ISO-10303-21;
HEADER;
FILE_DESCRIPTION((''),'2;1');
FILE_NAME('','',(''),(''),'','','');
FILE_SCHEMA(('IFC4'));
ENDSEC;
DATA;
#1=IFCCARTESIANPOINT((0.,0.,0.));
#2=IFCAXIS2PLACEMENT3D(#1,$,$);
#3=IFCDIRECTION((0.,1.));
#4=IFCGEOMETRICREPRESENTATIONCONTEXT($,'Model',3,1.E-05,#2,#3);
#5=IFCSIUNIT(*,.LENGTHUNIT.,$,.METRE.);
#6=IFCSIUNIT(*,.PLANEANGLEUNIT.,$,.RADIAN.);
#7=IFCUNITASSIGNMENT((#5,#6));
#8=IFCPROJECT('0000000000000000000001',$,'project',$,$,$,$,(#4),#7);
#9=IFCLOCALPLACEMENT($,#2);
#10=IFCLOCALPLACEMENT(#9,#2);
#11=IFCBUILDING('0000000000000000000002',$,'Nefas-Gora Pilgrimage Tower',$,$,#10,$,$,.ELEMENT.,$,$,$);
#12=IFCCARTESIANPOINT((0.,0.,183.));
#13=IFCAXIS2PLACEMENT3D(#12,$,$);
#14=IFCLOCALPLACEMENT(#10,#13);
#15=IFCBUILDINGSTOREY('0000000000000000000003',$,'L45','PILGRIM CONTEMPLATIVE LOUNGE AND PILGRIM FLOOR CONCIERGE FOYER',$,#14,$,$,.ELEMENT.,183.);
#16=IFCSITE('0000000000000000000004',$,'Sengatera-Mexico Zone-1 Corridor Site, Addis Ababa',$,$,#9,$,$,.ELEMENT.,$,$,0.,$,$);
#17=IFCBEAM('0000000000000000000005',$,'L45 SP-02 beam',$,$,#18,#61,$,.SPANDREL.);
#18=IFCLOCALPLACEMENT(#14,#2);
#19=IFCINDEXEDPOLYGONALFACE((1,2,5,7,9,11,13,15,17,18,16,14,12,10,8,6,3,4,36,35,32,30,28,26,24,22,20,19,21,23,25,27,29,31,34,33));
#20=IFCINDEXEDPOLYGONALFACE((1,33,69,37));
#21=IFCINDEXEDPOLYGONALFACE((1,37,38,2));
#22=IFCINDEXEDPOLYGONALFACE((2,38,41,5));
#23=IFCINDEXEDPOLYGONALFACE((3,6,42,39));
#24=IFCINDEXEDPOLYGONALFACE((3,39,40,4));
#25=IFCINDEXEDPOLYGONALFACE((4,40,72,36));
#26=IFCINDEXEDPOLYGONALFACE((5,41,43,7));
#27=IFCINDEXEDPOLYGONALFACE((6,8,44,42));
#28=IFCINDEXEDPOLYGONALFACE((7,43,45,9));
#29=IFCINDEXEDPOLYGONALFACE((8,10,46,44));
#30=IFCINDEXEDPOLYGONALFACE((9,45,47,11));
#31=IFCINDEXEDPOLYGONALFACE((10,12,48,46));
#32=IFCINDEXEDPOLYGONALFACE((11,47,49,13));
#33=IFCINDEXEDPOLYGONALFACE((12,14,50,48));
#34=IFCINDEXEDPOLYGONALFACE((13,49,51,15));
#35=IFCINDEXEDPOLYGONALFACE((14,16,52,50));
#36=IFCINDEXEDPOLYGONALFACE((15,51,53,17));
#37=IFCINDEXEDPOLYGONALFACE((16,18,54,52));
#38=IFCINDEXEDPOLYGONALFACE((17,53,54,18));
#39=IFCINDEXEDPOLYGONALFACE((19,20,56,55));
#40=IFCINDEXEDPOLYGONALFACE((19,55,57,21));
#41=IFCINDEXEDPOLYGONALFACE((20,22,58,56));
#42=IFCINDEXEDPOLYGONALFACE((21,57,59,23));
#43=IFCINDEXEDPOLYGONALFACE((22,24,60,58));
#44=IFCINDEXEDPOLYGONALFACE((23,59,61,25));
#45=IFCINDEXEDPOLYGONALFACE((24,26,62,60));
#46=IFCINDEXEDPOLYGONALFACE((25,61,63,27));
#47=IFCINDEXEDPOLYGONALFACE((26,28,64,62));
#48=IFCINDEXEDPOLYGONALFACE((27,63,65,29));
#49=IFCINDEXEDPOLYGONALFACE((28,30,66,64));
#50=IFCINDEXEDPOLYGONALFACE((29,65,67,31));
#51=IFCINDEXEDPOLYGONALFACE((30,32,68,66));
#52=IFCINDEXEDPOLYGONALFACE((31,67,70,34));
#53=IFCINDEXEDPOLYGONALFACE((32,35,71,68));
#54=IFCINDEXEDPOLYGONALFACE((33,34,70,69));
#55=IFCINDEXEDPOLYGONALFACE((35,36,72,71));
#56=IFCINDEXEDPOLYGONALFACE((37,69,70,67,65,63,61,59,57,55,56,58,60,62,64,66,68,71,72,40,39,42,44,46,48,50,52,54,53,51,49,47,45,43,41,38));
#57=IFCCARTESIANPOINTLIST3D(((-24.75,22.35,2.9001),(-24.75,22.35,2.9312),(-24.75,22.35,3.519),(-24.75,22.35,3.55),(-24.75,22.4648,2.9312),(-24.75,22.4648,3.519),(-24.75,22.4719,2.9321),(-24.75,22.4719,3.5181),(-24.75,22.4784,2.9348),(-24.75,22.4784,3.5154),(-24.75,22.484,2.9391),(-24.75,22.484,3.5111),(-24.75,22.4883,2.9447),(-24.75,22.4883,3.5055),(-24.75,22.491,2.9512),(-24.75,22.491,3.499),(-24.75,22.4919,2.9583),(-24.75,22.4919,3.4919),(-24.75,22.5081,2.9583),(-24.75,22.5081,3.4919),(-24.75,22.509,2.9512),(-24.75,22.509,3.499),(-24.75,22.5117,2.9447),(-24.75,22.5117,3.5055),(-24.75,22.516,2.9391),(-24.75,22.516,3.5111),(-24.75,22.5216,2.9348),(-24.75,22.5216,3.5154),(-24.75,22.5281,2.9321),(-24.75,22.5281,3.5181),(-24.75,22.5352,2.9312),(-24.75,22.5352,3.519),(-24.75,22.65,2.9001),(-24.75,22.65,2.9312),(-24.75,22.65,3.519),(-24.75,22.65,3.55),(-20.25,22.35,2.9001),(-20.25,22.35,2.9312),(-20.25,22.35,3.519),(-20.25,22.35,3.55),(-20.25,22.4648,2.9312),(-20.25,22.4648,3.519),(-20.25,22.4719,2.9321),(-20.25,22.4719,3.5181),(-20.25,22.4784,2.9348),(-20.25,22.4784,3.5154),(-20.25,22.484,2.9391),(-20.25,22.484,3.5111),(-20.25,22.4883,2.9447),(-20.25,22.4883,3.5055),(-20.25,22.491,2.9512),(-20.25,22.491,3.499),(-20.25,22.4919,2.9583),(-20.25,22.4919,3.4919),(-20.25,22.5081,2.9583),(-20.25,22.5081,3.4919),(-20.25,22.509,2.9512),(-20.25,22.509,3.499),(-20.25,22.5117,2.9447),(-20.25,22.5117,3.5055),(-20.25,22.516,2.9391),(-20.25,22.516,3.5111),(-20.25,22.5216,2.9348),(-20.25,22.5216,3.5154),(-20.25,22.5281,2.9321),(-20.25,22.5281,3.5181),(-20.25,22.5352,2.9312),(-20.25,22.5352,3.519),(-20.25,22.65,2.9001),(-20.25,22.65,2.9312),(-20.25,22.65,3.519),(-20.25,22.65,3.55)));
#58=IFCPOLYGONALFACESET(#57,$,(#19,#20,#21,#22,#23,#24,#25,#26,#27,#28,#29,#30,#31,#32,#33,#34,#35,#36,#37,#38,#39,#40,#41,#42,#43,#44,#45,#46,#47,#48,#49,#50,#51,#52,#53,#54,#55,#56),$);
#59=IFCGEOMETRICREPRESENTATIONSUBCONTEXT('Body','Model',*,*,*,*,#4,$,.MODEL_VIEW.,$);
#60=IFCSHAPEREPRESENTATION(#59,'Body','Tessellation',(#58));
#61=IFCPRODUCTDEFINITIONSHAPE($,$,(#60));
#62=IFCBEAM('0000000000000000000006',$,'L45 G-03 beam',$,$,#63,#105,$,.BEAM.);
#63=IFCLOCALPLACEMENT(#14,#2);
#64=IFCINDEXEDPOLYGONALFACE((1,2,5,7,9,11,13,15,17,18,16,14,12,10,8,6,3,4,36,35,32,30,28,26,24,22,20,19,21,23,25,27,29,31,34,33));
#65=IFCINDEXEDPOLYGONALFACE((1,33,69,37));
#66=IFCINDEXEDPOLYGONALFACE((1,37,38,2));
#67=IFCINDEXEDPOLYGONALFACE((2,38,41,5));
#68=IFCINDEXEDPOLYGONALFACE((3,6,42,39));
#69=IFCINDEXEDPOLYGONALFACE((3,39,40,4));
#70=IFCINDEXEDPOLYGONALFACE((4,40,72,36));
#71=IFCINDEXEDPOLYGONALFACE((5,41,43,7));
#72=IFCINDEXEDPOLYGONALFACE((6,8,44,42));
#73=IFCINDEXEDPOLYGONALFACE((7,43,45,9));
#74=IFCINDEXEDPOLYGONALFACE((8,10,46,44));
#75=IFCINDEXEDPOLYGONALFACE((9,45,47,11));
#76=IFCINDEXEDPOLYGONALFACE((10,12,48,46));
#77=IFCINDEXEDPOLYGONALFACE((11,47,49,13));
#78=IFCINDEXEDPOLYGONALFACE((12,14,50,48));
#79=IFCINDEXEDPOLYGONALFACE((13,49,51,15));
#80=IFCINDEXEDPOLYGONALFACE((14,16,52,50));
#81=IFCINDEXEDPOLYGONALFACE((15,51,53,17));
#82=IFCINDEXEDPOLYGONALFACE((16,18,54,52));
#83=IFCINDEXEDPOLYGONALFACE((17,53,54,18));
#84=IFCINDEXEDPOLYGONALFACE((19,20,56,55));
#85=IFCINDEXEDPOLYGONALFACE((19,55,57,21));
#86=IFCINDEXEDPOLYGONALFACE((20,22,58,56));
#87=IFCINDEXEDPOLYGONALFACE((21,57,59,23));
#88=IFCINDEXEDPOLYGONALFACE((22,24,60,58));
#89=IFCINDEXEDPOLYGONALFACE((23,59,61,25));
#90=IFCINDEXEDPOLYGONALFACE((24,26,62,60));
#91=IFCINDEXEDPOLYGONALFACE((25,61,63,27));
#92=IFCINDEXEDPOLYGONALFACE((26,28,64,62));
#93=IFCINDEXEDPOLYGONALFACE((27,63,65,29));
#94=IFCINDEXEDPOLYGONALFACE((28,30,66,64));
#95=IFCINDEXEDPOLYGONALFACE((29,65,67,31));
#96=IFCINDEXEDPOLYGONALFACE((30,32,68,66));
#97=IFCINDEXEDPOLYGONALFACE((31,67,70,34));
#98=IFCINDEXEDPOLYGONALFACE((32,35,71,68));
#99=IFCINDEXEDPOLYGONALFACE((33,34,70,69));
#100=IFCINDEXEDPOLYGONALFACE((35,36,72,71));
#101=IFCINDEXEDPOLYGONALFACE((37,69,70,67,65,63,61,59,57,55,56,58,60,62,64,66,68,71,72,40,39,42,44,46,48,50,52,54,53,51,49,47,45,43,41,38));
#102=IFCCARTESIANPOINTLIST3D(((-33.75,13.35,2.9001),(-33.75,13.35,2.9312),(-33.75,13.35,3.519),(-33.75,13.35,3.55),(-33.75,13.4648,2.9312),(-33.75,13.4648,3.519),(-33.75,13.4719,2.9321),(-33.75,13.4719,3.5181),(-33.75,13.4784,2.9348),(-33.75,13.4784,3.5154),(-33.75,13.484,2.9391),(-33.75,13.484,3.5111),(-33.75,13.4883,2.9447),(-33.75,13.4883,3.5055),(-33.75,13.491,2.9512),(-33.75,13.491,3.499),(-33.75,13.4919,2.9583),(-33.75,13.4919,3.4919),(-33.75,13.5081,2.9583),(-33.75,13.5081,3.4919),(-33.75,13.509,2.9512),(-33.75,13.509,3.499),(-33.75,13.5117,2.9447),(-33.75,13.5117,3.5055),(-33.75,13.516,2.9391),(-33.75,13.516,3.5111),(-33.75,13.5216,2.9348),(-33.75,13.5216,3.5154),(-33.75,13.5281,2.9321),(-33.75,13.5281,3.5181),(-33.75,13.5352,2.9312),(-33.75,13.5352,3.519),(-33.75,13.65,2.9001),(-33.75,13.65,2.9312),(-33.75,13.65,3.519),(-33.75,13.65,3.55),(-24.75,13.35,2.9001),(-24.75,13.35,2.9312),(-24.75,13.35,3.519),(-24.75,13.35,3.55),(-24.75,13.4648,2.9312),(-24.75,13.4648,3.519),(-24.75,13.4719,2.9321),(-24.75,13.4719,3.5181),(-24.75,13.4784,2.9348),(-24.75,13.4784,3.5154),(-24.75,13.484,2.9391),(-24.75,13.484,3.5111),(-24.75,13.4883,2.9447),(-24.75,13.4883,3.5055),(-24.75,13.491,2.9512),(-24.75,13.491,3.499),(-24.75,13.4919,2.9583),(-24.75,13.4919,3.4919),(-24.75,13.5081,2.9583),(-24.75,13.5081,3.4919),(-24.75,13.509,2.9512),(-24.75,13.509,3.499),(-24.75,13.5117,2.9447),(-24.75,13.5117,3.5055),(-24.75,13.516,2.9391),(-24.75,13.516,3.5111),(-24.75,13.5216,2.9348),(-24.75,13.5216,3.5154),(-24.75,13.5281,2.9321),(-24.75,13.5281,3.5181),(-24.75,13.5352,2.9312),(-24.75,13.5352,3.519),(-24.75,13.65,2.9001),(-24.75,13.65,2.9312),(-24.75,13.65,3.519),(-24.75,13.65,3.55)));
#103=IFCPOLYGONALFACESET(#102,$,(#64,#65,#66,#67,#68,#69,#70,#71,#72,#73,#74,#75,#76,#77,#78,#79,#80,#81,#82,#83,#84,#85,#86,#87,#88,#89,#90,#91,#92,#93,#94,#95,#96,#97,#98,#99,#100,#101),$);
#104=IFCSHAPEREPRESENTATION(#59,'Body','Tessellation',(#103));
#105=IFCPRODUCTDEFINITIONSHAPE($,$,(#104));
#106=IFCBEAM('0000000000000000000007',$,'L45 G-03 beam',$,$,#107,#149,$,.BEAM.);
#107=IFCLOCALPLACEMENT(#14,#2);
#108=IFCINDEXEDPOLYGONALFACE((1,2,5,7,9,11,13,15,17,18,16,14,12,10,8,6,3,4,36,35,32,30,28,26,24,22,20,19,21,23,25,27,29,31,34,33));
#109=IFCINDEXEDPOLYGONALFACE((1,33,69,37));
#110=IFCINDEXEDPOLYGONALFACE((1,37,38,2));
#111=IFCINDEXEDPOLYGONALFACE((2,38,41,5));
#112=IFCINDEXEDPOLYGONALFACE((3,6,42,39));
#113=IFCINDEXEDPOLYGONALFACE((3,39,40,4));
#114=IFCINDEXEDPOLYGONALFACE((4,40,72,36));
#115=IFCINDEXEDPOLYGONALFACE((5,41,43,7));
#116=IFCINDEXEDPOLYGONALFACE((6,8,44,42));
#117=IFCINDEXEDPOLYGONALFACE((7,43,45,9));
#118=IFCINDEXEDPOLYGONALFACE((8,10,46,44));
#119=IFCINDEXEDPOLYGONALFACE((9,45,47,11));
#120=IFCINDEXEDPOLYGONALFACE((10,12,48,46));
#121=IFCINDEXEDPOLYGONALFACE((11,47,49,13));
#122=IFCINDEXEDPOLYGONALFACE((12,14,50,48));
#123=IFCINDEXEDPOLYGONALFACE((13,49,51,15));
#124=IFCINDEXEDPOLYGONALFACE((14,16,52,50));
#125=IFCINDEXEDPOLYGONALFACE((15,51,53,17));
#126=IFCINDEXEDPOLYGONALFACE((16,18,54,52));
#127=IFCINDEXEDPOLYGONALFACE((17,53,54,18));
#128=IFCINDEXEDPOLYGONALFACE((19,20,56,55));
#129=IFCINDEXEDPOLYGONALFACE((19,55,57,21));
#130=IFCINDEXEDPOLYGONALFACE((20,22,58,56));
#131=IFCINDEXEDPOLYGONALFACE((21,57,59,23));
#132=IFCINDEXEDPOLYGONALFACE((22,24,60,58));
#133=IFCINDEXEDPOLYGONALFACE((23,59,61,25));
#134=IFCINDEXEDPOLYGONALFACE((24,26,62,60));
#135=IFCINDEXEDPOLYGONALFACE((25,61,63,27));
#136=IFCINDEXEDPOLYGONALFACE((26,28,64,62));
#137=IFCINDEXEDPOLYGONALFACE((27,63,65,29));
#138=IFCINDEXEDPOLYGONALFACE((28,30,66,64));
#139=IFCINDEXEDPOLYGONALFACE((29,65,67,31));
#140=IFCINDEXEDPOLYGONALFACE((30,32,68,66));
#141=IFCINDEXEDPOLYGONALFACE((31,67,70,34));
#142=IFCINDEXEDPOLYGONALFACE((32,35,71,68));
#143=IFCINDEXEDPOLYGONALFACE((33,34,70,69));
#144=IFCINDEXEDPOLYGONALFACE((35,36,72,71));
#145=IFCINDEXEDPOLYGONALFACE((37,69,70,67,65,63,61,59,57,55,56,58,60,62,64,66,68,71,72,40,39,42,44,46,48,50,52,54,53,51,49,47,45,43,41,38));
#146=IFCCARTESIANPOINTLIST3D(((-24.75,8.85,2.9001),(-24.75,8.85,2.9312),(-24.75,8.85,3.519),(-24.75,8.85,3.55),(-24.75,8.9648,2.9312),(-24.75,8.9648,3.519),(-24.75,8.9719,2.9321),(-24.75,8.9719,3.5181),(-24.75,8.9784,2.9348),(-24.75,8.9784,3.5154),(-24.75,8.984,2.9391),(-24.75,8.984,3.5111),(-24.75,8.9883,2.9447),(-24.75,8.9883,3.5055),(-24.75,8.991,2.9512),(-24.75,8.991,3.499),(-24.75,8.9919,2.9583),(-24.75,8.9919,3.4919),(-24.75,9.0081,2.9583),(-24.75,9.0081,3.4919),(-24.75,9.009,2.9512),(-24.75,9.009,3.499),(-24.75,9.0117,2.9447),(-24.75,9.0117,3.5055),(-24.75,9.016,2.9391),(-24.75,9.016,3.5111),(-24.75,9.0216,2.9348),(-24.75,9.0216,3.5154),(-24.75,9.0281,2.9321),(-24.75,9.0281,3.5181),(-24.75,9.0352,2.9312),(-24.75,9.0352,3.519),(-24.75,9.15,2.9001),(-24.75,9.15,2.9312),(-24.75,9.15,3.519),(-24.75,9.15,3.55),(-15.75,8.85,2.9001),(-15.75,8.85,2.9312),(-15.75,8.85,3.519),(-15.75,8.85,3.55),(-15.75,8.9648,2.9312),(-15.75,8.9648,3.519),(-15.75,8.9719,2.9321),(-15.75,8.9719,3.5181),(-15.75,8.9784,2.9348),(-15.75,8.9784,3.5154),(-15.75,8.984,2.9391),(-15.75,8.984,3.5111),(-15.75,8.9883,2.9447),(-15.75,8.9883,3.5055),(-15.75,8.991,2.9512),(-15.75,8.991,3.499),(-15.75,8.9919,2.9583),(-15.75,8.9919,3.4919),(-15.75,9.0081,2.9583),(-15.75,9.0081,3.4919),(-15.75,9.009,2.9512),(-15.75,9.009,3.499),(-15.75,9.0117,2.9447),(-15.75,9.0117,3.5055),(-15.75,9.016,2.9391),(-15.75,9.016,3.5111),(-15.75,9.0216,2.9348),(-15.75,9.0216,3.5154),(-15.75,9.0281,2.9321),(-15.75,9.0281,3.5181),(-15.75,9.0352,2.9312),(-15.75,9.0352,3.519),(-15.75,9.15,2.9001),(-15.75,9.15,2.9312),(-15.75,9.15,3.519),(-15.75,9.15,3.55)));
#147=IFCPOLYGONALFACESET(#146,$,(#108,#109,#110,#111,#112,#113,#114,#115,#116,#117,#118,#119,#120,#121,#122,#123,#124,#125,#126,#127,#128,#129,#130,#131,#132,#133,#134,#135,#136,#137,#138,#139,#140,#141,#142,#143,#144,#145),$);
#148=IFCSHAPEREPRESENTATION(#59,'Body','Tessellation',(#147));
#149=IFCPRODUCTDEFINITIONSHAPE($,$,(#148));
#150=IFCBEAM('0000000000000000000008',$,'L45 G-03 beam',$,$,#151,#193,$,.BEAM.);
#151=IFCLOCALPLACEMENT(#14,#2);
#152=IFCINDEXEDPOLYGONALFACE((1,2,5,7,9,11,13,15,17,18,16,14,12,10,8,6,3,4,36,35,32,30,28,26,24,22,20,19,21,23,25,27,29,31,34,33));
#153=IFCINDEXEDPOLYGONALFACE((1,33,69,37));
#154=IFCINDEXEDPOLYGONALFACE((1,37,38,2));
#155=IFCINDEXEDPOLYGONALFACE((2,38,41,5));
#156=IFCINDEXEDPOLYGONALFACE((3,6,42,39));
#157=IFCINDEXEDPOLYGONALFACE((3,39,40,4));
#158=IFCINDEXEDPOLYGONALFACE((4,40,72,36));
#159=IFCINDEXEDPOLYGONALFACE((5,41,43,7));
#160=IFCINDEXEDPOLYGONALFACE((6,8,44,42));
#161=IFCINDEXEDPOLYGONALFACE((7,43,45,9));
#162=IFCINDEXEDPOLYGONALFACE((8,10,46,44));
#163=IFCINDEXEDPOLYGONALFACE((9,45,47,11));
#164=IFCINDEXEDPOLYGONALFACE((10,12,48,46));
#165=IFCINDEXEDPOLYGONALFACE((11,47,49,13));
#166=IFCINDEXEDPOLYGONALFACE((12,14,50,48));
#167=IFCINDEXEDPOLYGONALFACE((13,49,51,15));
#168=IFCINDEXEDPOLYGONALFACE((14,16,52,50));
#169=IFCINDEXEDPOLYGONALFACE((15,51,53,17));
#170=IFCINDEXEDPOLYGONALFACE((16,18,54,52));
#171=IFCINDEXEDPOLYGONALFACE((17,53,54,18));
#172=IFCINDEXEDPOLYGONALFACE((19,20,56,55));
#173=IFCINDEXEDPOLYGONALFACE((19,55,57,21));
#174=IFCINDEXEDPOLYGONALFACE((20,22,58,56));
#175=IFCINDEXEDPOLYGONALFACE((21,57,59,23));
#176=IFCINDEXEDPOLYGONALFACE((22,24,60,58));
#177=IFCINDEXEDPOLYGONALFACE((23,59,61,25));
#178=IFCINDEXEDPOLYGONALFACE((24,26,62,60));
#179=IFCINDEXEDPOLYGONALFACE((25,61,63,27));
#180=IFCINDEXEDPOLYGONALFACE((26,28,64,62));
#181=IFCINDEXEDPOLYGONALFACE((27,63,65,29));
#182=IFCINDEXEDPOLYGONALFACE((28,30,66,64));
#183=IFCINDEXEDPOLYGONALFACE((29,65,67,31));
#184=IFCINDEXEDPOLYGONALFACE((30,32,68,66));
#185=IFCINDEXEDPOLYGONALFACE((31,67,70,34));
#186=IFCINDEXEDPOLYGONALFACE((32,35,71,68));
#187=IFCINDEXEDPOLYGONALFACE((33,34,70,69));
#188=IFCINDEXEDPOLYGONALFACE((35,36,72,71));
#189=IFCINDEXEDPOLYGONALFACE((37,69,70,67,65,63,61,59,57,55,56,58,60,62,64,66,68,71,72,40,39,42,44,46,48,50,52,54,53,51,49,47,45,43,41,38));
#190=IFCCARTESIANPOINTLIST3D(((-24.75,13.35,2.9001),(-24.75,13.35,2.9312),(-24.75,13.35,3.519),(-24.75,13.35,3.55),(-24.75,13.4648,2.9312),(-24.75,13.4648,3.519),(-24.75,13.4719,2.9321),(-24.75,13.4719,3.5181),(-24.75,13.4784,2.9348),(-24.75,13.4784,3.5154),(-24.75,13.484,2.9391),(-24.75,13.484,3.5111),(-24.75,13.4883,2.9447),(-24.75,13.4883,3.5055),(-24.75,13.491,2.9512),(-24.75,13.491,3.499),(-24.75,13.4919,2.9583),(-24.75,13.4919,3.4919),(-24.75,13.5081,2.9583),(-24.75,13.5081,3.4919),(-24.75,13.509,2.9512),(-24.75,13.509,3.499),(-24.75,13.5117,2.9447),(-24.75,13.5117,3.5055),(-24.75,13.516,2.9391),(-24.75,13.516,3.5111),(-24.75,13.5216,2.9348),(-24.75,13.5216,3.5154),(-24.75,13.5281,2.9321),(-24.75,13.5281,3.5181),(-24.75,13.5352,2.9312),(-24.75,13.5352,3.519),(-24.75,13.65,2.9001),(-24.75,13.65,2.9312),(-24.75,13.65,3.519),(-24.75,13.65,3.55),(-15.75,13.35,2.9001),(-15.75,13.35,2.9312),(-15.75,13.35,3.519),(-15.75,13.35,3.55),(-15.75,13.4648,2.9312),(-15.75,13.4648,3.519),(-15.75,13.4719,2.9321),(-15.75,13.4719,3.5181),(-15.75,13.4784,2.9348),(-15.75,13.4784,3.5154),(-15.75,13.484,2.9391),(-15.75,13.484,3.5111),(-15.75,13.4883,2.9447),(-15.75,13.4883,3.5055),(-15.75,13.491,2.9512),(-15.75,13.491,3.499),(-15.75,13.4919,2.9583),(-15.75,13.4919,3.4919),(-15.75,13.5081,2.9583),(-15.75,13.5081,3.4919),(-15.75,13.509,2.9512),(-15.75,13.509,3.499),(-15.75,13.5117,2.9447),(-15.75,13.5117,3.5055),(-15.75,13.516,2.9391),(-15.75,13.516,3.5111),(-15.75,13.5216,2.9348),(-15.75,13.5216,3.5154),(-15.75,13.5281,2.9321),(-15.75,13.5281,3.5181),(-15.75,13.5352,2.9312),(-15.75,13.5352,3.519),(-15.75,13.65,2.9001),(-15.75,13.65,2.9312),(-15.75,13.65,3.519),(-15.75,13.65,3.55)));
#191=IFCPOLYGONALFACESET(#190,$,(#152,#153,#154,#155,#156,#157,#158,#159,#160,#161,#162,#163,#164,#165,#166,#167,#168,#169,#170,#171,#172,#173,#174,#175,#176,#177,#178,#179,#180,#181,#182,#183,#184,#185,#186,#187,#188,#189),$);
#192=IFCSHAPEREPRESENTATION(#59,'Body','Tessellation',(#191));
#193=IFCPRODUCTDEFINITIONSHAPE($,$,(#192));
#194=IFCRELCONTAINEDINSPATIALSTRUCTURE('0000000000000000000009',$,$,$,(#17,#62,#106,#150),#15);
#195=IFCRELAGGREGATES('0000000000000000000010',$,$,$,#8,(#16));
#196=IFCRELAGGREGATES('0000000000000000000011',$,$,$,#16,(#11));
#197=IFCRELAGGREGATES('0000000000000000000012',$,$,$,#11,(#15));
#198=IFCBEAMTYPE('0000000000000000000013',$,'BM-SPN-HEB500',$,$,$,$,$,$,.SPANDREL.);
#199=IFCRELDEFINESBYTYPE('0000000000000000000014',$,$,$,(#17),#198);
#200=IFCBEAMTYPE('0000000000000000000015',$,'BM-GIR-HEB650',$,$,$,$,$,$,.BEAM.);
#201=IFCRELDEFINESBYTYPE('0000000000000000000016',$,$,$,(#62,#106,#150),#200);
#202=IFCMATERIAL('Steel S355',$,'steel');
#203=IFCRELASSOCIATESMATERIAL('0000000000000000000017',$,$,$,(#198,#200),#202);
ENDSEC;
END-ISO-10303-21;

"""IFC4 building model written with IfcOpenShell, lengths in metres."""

from ifc_helpers import new_model, si_unit, direction, frame, origin, origin_2d, place, context, subcontext, project, spatial, i_section, extrude, source, transform, mapped, material, material_profile, profile_set, type_object, element, save


model = new_model("IFC4")

# Units and contexts
model_context = context("Model", 3, precision=1e-05, world=origin(), true_north=direction((0.0, 1.0)))
body_context = subcontext(model_context, "Body", "Model", "MODEL_VIEW")
ifc_project = project(units=[si_unit("LENGTHUNIT", "METRE"), si_unit("PLANEANGLEUNIT", "RADIAN")], contexts=[model_context])

# Site, building, storey
site_placement = place(None, origin())
site = spatial("IfcSite", under=ifc_project, at=site_placement, Name="Sengatera-Mexico Zone-1 Corridor Site, Addis Ababa", CompositionType="ELEMENT", RefElevation=0.0)
building_placement = place(site_placement, origin())
building = spatial("IfcBuilding", under=site, at=building_placement, Name="Nefas-Gora Pilgrimage Tower", CompositionType="ELEMENT")
storey_placement = place(building_placement, frame((0.0, 0.0, 183.0)))
storey = spatial("IfcBuildingStorey", under=building, at=storey_placement, Name="L45", Description="PILGRIM CONTEMPLATIVE LOUNGE AND PILGRIM FLOOR CONCIERGE FOYER", CompositionType="ELEMENT", Elevation=183.0)

# Beams
ifc_material_1 = material(Name="Steel S355", Category="steel")
ifc_material_profile_1 = material_profile(ifc_material_1, i_section(OverallWidth=0.3, OverallDepth=0.6499, WebThickness=0.0161, FlangeThickness=0.031, FilletRadius=0.0271, at=origin_2d()), Name="HEB 650")
ifc_profile_set_1 = profile_set([ifc_material_profile_1], Name="Steel S355")
beam_type_1 = type_object("IfcBeamType", Name="BM-SPN-HEB500", PredefinedType="SPANDREL", material=ifc_profile_set_1)
shared_shape_1 = source(origin(), body_context, "Body", "SweptSolid", [
    extrude(i_section(OverallWidth=0.3, OverallDepth=0.6499, WebThickness=0.0161, FlangeThickness=0.031, FilletRadius=0.0271, at=origin_2d()), origin(), (0.0, 0.0, 1.0), 4.5),
])
beam_placement = place(storey_placement, frame((-24.75, 22.5, 3.2251), z_axis=(1.0, 0.0, 0.0), x_axis=(0.0, 1.0, 0.0)))
element("IfcBeam", 1, at=beam_placement, inside=storey, type_object=beam_type_1, Name="L45 SP-02 beam", PredefinedType="SPANDREL", context=body_context, shape_type="MappedRepresentation", body=[
    mapped(shared_shape_1, transform((0.0, 0.0, 0.0), x_axis=(1.0, 0.0, 0.0), y_axis=(0.0, 1.0, 0.0), z_axis=(0.0, 0.0, 1.0), scale=1.0)),
])
ifc_material_profile_2 = material_profile(ifc_material_1, i_section(OverallWidth=0.3, OverallDepth=0.6499, WebThickness=0.0161, FlangeThickness=0.031, FilletRadius=0.0271, at=origin_2d()), Name="HEB 650")
ifc_profile_set_2 = profile_set([ifc_material_profile_2], Name="Steel S355")
beam_type_2 = type_object("IfcBeamType", Name="BM-GIR-HEB650", PredefinedType="BEAM", material=ifc_profile_set_2)
shared_shape_2 = source(origin(), body_context, "Body", "SweptSolid", [
    extrude(i_section(OverallWidth=0.3, OverallDepth=0.6499, WebThickness=0.0161, FlangeThickness=0.031, FilletRadius=0.0271, at=origin_2d()), origin(), (0.0, 0.0, 1.0), 9.0),
])
for number, where, z_axis, x_axis, name in (
    (2, (-33.75, 13.5, 3.2251), (1.0, 0.0, 0.0), (0.0, 1.0, 0.0), "L45 G-03 beam"),
    (3, (-24.75, 9.0, 3.2251), (1.0, 0.0, 0.0), (0.0, 1.0, 0.0), "L45 G-03 beam"),
    (4, (-24.75, 13.5, 3.2251), (1.0, 0.0, 0.0), (0.0, 1.0, 0.0), "L45 G-03 beam"),
):
    element("IfcBeam", number, at=place(storey_placement, frame(where, z_axis=z_axis, x_axis=x_axis)), inside=storey, type_object=beam_type_2, Name=name, PredefinedType="BEAM", context=body_context, shape_type="MappedRepresentation", body=[
        mapped(shared_shape_2, transform((0.0, 0.0, 0.0), x_axis=(1.0, 0.0, 0.0), y_axis=(0.0, 1.0, 0.0), z_axis=(0.0, 0.0, 1.0), scale=1.0)),
    ])

save(model, "model.ifc")
